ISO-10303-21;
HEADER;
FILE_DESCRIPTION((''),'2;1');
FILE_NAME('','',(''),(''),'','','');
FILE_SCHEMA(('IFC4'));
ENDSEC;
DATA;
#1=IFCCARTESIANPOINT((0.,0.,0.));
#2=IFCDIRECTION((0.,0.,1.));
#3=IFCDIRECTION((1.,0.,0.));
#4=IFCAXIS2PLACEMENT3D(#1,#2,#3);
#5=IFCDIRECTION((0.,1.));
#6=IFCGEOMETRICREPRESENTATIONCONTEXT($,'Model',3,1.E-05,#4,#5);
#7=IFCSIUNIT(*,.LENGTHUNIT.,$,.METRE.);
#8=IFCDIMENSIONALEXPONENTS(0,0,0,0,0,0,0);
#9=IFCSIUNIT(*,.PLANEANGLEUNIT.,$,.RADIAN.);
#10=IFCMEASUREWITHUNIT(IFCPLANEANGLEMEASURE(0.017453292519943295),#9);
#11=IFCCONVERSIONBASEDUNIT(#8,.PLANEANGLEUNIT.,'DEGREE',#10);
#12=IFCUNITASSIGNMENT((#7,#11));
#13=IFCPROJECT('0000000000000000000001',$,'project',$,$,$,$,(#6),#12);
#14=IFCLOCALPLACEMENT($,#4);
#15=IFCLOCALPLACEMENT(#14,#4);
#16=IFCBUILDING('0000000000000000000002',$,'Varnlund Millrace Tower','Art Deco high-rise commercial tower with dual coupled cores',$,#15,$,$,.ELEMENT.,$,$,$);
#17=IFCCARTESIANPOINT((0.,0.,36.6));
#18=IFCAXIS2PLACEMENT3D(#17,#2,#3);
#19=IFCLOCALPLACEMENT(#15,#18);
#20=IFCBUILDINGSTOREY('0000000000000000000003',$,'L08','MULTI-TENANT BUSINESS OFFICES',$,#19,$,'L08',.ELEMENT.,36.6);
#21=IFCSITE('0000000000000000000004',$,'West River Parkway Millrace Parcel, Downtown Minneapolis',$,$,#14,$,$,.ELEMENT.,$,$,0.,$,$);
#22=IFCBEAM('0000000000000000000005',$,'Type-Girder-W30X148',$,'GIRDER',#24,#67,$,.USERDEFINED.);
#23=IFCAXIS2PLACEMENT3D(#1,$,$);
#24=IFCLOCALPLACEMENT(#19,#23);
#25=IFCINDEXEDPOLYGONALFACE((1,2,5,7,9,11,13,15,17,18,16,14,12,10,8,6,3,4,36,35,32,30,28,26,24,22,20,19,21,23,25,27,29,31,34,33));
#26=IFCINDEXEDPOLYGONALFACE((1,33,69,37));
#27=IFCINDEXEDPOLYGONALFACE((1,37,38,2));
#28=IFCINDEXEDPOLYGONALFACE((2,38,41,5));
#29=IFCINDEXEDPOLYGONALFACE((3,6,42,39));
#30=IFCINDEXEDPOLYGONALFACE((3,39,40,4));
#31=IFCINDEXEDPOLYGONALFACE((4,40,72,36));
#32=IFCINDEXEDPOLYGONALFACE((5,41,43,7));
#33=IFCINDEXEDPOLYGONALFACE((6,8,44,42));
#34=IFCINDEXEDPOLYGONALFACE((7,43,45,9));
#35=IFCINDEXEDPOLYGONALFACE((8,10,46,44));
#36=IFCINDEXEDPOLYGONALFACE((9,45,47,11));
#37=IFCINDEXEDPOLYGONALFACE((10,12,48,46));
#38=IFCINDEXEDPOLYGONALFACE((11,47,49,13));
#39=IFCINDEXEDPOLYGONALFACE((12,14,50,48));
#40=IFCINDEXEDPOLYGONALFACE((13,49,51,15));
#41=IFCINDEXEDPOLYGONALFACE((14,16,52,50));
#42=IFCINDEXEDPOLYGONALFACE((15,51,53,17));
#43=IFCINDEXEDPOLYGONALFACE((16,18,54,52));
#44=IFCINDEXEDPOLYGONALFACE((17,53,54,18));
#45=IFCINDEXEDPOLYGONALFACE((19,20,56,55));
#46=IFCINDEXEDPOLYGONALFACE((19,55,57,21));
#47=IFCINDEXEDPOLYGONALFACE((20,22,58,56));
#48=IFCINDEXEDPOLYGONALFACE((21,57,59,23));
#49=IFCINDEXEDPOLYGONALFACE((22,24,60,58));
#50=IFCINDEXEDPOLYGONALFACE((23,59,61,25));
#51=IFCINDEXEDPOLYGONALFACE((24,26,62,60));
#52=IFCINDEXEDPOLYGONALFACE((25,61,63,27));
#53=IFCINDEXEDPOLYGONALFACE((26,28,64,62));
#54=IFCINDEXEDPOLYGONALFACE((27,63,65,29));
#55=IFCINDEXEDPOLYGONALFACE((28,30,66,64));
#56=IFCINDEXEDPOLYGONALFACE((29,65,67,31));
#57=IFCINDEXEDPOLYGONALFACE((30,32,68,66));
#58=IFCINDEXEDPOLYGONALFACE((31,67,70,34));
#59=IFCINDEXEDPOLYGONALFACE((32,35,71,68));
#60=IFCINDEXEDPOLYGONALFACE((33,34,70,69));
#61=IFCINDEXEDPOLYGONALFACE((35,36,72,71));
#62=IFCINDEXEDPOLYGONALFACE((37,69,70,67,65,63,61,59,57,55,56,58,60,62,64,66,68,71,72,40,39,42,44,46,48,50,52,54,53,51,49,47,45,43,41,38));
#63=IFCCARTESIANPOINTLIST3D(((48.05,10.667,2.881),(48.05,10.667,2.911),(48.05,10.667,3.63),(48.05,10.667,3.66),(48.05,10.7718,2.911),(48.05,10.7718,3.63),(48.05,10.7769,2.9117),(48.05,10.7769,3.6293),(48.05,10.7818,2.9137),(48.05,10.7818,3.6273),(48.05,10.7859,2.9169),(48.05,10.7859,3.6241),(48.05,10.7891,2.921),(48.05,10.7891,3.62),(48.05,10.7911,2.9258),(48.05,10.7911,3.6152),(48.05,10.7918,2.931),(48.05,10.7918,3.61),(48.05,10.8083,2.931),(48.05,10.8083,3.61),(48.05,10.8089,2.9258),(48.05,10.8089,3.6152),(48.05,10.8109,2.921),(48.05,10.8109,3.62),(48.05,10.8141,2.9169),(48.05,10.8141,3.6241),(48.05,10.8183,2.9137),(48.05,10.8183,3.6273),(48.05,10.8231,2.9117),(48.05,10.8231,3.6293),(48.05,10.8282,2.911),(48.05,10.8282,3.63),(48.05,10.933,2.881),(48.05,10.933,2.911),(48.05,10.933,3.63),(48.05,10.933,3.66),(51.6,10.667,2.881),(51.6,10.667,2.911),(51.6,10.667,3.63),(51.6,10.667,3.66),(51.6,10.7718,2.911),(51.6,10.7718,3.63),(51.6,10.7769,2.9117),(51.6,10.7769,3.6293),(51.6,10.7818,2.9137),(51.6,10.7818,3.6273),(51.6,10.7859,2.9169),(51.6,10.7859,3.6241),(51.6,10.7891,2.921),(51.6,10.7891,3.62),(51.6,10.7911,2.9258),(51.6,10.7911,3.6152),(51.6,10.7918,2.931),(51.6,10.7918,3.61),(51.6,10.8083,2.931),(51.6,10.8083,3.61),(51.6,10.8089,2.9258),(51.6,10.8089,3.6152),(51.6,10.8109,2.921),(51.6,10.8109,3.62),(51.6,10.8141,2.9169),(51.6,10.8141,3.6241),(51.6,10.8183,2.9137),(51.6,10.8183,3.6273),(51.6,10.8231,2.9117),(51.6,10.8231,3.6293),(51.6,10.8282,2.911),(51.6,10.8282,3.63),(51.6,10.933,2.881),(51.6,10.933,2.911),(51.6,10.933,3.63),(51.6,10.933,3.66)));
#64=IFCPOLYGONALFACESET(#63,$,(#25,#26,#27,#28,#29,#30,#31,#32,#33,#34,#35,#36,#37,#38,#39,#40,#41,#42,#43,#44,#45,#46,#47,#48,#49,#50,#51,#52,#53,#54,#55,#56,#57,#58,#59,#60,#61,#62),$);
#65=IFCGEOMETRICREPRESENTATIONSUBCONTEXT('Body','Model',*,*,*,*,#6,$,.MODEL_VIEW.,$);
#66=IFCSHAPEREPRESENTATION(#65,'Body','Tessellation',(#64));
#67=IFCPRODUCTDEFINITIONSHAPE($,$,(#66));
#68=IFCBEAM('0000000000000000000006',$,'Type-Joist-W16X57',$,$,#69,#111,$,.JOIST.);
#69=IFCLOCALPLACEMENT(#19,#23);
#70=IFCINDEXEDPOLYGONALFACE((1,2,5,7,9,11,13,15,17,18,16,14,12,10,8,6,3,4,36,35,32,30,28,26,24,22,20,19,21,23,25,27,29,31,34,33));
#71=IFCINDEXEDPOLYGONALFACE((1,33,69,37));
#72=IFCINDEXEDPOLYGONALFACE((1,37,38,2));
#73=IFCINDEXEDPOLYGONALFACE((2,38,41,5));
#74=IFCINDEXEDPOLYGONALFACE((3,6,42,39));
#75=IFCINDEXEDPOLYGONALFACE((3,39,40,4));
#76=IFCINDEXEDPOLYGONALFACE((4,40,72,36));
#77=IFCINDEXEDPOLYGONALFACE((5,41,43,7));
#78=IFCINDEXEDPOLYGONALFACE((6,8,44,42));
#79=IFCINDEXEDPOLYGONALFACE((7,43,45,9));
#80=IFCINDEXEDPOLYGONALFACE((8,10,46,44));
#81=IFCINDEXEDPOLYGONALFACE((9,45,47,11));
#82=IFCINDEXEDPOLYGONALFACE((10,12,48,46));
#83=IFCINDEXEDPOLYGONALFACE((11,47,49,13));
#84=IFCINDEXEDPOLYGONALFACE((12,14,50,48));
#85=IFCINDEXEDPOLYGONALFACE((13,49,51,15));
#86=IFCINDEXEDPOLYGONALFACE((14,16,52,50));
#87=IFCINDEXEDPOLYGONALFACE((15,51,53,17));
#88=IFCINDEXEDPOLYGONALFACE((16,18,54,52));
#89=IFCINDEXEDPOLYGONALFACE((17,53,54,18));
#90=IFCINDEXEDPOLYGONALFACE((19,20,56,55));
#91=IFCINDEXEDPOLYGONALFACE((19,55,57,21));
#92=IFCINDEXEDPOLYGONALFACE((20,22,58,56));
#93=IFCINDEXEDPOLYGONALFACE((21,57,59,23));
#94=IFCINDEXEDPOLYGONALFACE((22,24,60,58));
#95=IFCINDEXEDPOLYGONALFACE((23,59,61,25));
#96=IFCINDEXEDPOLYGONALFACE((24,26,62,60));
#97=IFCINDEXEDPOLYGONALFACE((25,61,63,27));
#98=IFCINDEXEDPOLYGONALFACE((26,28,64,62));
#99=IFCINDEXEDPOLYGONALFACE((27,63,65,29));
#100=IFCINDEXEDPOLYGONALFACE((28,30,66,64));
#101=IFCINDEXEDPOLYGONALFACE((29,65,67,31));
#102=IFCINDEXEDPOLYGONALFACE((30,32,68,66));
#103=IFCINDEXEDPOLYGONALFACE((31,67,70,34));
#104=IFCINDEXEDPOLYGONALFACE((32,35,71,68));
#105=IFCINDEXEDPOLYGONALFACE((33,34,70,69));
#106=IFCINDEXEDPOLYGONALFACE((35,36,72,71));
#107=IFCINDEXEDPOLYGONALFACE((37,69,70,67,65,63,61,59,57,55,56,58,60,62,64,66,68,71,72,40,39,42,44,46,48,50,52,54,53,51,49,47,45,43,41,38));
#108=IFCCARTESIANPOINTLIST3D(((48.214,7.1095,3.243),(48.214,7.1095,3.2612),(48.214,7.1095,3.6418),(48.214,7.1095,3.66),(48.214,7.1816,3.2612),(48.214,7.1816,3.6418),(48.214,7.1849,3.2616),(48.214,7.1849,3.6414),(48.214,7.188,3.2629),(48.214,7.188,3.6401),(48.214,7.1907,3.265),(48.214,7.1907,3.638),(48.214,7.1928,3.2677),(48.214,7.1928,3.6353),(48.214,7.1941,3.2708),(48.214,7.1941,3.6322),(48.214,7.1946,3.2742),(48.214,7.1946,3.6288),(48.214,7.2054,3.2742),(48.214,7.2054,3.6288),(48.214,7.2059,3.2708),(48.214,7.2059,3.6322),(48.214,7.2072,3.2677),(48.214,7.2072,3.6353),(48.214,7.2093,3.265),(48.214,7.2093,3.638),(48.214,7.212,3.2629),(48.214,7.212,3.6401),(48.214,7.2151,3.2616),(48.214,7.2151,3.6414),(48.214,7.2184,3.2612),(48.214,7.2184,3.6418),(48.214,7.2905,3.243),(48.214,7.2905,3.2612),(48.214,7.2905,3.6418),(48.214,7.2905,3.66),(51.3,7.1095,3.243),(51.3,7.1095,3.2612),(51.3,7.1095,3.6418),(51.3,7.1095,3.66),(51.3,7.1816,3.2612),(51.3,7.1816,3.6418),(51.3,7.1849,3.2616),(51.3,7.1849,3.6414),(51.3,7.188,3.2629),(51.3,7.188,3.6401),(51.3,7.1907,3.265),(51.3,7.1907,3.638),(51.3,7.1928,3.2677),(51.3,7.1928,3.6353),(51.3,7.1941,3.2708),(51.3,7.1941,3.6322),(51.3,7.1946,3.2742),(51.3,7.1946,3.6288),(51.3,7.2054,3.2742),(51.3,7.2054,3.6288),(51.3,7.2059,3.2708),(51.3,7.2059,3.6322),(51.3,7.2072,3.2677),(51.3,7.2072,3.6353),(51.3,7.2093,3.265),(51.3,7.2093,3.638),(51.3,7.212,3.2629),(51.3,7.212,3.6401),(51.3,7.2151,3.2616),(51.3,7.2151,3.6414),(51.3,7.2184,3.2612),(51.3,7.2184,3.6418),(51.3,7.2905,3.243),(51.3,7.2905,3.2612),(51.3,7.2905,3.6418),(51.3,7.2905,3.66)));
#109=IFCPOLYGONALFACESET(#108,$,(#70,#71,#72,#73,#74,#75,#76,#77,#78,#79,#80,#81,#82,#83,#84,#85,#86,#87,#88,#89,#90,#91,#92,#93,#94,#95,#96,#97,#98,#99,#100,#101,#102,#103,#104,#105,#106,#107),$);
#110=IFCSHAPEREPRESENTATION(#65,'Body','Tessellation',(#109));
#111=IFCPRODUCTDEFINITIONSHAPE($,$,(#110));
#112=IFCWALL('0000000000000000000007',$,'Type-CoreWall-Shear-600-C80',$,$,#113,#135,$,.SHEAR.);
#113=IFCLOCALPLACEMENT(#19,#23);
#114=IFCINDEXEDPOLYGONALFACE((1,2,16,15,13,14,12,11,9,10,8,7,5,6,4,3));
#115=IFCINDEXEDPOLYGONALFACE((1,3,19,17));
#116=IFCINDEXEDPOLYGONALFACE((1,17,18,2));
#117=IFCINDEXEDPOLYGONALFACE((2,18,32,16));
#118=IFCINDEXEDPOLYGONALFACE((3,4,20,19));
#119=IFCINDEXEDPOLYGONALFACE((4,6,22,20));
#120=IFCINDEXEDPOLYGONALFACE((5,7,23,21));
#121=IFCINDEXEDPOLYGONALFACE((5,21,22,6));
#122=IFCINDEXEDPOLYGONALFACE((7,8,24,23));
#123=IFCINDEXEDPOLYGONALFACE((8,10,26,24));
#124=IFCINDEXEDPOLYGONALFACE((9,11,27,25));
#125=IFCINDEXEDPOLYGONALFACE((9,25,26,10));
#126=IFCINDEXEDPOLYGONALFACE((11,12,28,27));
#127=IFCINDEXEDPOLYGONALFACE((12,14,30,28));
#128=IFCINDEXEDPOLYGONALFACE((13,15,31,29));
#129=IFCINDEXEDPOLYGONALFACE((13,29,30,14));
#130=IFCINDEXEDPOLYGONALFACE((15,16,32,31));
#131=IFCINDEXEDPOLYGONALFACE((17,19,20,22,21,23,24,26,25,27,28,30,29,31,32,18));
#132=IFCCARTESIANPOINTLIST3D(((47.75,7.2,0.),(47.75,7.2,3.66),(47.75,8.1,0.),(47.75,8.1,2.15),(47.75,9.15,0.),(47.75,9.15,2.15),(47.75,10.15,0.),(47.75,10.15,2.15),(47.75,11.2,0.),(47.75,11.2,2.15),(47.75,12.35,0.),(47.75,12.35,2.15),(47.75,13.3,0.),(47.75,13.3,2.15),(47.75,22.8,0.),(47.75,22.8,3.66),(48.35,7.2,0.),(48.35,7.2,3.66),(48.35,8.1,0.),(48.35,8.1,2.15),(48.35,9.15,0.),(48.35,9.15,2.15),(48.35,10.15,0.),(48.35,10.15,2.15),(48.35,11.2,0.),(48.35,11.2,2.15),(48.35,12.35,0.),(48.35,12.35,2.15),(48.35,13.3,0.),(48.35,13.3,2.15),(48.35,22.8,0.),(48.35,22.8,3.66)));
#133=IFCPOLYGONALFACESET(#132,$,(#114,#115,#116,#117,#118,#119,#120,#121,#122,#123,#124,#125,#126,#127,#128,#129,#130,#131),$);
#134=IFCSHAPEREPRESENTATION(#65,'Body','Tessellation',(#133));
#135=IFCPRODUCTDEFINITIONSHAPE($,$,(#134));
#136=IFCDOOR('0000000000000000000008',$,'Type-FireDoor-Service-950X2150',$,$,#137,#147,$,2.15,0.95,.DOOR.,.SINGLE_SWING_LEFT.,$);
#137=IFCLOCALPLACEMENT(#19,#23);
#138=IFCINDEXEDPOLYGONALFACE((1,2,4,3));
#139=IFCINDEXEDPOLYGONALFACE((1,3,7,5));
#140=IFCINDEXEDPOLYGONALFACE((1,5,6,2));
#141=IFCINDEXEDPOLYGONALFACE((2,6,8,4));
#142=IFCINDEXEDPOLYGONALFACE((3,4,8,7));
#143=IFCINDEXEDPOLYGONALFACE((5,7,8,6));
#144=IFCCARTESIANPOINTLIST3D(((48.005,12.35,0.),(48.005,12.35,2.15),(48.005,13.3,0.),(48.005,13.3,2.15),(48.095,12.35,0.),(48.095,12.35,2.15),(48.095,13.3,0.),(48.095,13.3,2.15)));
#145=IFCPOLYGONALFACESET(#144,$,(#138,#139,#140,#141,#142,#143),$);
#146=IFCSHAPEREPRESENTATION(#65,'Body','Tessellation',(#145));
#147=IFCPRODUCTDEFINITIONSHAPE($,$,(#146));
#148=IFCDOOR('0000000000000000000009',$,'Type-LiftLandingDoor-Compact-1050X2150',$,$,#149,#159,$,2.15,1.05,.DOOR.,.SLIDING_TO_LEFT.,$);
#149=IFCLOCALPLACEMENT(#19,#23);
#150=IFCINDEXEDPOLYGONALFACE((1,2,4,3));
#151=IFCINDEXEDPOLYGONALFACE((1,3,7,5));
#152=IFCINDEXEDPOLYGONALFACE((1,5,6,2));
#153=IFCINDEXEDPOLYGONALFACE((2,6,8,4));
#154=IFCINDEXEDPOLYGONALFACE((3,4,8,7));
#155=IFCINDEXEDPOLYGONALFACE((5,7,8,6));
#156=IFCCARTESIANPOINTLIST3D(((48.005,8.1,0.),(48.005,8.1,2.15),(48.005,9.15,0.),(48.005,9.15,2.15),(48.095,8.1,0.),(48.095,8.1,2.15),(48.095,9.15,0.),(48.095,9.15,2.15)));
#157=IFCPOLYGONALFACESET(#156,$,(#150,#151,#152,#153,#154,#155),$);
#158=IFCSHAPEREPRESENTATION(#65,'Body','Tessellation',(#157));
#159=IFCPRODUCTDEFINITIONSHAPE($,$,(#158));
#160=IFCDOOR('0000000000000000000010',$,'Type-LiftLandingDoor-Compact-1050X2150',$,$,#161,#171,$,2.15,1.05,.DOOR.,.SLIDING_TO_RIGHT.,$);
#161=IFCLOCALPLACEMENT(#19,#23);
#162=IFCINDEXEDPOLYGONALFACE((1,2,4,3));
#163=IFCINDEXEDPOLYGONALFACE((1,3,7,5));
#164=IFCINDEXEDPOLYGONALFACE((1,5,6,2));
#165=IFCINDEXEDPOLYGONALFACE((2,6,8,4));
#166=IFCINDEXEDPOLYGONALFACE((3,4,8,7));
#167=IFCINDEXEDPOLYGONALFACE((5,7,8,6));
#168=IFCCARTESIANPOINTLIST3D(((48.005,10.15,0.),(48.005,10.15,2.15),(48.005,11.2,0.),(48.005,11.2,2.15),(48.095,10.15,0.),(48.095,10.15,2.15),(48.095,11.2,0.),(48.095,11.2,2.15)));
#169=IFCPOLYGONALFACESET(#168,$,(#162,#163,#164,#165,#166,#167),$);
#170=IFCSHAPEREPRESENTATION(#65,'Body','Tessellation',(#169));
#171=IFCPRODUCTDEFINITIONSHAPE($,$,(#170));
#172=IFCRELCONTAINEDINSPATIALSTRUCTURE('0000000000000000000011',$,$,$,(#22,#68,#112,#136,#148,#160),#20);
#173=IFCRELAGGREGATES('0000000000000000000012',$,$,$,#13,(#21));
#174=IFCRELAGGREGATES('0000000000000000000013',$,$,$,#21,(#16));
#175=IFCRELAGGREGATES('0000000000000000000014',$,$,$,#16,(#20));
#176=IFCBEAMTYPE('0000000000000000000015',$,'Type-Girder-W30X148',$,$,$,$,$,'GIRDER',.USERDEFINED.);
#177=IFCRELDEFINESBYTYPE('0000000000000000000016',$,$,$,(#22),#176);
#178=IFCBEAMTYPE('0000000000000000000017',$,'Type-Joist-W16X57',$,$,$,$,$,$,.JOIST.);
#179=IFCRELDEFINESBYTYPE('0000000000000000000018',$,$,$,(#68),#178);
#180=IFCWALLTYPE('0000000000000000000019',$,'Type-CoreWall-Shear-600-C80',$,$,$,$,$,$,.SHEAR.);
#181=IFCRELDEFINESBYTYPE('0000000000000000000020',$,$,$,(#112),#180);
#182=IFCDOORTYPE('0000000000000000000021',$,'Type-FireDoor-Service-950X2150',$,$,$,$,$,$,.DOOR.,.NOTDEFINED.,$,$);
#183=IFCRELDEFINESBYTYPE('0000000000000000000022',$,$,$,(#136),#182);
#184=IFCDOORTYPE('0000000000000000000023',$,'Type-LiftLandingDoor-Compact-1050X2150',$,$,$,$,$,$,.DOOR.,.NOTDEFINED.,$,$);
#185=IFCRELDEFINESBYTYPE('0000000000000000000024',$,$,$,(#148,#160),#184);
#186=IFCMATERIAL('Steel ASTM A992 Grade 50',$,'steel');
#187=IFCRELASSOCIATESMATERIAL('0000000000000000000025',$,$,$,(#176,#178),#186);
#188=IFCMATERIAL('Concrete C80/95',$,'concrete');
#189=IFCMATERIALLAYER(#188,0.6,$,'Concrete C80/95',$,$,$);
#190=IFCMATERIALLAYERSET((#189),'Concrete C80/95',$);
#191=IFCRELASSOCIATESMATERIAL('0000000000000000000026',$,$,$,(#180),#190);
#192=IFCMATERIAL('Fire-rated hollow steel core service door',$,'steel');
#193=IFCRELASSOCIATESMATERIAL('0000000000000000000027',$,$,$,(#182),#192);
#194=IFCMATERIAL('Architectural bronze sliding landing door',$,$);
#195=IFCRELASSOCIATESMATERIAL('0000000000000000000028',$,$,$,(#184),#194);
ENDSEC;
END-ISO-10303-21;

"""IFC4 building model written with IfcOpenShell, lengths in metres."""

from ifc_helpers import new_model, entity, si_unit, converted_unit, direction, frame, origin_with_axes, origin_2d_with_axis, place, context, subcontext, project, spatial, polyline, rectangle, i_section, outline, extrude, material, layer, layer_set, material_profile, profile_set, type_object, element, fill, save


model = new_model("IFC4")

# Units and contexts
model_context = context("Model", 3, precision=1e-05, world=origin_with_axes(), true_north=direction((0.0, 1.0)))
body_context = subcontext(model_context, "Body", "Model", "MODEL_VIEW")
ifc_project = project(units=[si_unit("LENGTHUNIT", "METRE"), converted_unit("PLANEANGLEUNIT", "DEGREE", entity("IfcPlaneAngleMeasure", 0.017453292519943295), si_unit("PLANEANGLEUNIT", "RADIAN"), dimensions=[0, 0, 0, 0, 0, 0, 0])], contexts=[model_context])

# Site, building, storey
site_placement = place(None, origin_with_axes())
site = spatial("IfcSite", under=ifc_project, at=site_placement, Name="West River Parkway Millrace Parcel, Downtown Minneapolis", CompositionType="ELEMENT", RefElevation=0.0)
building_placement = place(site_placement, origin_with_axes())
building = spatial("IfcBuilding", under=site, at=building_placement, Name="Varnlund Millrace Tower", Description="Art Deco high-rise commercial tower with dual coupled cores", CompositionType="ELEMENT")
storey_placement = place(building_placement, frame((0.0, 0.0, 36.6), z_axis=(0.0, 0.0, 1.0), x_axis=(1.0, 0.0, 0.0)))
storey = spatial("IfcBuildingStorey", under=building, at=storey_placement, Name="L08", Description="MULTI-TENANT BUSINESS OFFICES", LongName="L08", CompositionType="ELEMENT", Elevation=36.6)

# Shared definitions
ifc_material_1 = material(Name="Concrete C80/95", Category="concrete")

# Beams
ifc_material_2 = material(Name="Steel ASTM A992 Grade 50", Category="steel")
ifc_material_profile_1 = material_profile(ifc_material_2, i_section(OverallWidth=0.266, OverallDepth=0.779, WebThickness=0.0165, FlangeThickness=0.03, FilletRadius=0.02, at=origin_2d_with_axis()), Name="Steel ASTM A992 Grade 50")
ifc_profile_set_1 = profile_set([ifc_material_profile_1], Name="Steel ASTM A992 Grade 50")
beam_type_1 = type_object("IfcBeamType", Name="Type-Girder-W30X148", ElementType="GIRDER", PredefinedType="USERDEFINED", material=ifc_profile_set_1)
for number, where, z_axis, x_axis, name in (
    (1, (48.05, 10.8, 3.2705), (1.0, 0.0, 0.0), (0.0, 1.0, 0.0), "Type-Girder-W30X148"),
):
    element("IfcBeam", number, at=place(storey_placement, frame(where, z_axis=z_axis, x_axis=x_axis)), inside=storey, type_object=beam_type_1, Name=name, ObjectType="GIRDER", PredefinedType="USERDEFINED", context=body_context, shape_type="SweptSolid", body=[
        extrude(i_section(OverallWidth=0.266, OverallDepth=0.779, WebThickness=0.0165, FlangeThickness=0.03, FilletRadius=0.02, at=origin_2d_with_axis()), origin_with_axes(), (0.0, 0.0, 1.0), 3.55),
    ])
ifc_material_profile_2 = material_profile(ifc_material_2, i_section(OverallWidth=0.181, OverallDepth=0.417, WebThickness=0.0109, FlangeThickness=0.0182, FilletRadius=0.013, at=origin_2d_with_axis()), Name="Steel ASTM A992 Grade 50")
ifc_profile_set_2 = profile_set([ifc_material_profile_2], Name="Steel ASTM A992 Grade 50")
beam_type_2 = type_object("IfcBeamType", Name="Type-Joist-W16X57", PredefinedType="JOIST", material=ifc_profile_set_2)
beam_1_placement = place(storey_placement, frame((48.214, 7.2, 3.4515), z_axis=(1.0, 0.0, 0.0), x_axis=(0.0, 1.0, 0.0)))
element("IfcBeam", 2, at=beam_1_placement, inside=storey, type_object=beam_type_2, Name="Type-Joist-W16X57", PredefinedType="JOIST", context=body_context, shape_type="SweptSolid", body=[
    extrude(i_section(OverallWidth=0.181, OverallDepth=0.417, WebThickness=0.0109, FlangeThickness=0.0182, FilletRadius=0.013, at=origin_2d_with_axis()), origin_with_axes(), (0.0, 0.0, 1.0), 3.086),
])

# Wall, openings, doors
ifc_layer_1 = layer(ifc_material_1, 0.6, Name="Concrete C80/95")
ifc_layer_set_1 = layer_set([ifc_layer_1], Name="Concrete C80/95")
wall_type_1 = type_object("IfcWallType", Name="Type-CoreWall-Shear-600-C80", PredefinedType="SHEAR", material=ifc_layer_set_1)
wall_1_placement = place(storey_placement, frame((48.05, 7.2, 0.0), z_axis=(0.0, 0.0, 1.0), x_axis=(0.0, 1.0, 0.0)))
wall_1 = element("IfcWall", 3, at=wall_1_placement, inside=storey, type_object=wall_type_1, Name="Type-CoreWall-Shear-600-C80", PredefinedType="SHEAR", context=body_context, shape_type="SweptSolid", body=[
    extrude(outline(polyline([(0.0, -0.3), (15.6, -0.3), (15.6, 0.3), (0.0, 0.3), (0.0, -0.3)])), origin_with_axes(), (0.0, 0.0, 1.0), 3.66),
])
opening_1_placement = place(wall_1_placement, frame((1.425, 0.0, 0.0), z_axis=(0.0, 0.0, 1.0), x_axis=(1.0, 0.0, 0.0)))
opening_1 = element("IfcOpeningElement", 4, at=opening_1_placement, cuts=wall_1, PredefinedType="OPENING", context=body_context, shape_type="SweptSolid", body=[
    extrude(rectangle(XDim=1.05, YDim=0.62, at=origin_2d_with_axis()), origin_with_axes(), (0.0, 0.0, 1.0), 2.15),
])
opening_2_placement = place(wall_1_placement, frame((3.475, 0.0, 0.0), z_axis=(0.0, 0.0, 1.0), x_axis=(1.0, 0.0, 0.0)))
opening_2 = element("IfcOpeningElement", 5, at=opening_2_placement, cuts=wall_1, PredefinedType="OPENING", context=body_context, shape_type="SweptSolid", body=[
    extrude(rectangle(XDim=1.05, YDim=0.62, at=origin_2d_with_axis()), origin_with_axes(), (0.0, 0.0, 1.0), 2.15),
])
opening_3_placement = place(wall_1_placement, frame((5.625, 0.0, 0.0), z_axis=(0.0, 0.0, 1.0), x_axis=(1.0, 0.0, 0.0)))
opening_3 = element("IfcOpeningElement", 6, at=opening_3_placement, cuts=wall_1, PredefinedType="OPENING", context=body_context, shape_type="SweptSolid", body=[
    extrude(rectangle(XDim=0.95, YDim=0.62, at=origin_2d_with_axis()), origin_with_axes(), (0.0, 0.0, 1.0), 2.15),
])
ifc_material_3 = material(Name="Fire-rated hollow steel core service door", Category="steel")
door_type_1 = type_object("IfcDoorType", Name="Type-FireDoor-Service-950X2150", OperationType="NOTDEFINED", PredefinedType="DOOR", material=ifc_material_3)
door_1_placement = place(wall_1_placement, frame((5.625, 0.0, 0.0), z_axis=(0.0, 0.0, 1.0), x_axis=(1.0, 0.0, 0.0)))
door_1 = element("IfcDoor", 7, at=door_1_placement, inside=storey, type_object=door_type_1, Name="Type-FireDoor-Service-950X2150", OperationType="SINGLE_SWING_LEFT", OverallHeight=2.15, OverallWidth=0.95, PredefinedType="DOOR", context=body_context, shape_type="SweptSolid", body=[
    extrude(rectangle(XDim=0.95, YDim=0.09, at=origin_2d_with_axis()), origin_with_axes(), (0.0, 0.0, 1.0), 2.15),
])
fill(opening_3, door_1)
ifc_material_4 = material(Name="Architectural bronze sliding landing door")
door_type_2 = type_object("IfcDoorType", Name="Type-LiftLandingDoor-Compact-1050X2150", OperationType="NOTDEFINED", PredefinedType="DOOR", material=ifc_material_4)
door_2_placement = place(wall_1_placement, frame((1.425, 0.0, 0.0), z_axis=(0.0, 0.0, 1.0), x_axis=(1.0, 0.0, 0.0)))
door_2 = element("IfcDoor", 8, at=door_2_placement, inside=storey, type_object=door_type_2, Name="Type-LiftLandingDoor-Compact-1050X2150", OperationType="SLIDING_TO_LEFT", OverallHeight=2.15, OverallWidth=1.05, PredefinedType="DOOR", context=body_context, shape_type="SweptSolid", body=[
    extrude(rectangle(XDim=1.05, YDim=0.09, at=origin_2d_with_axis()), origin_with_axes(), (0.0, 0.0, 1.0), 2.15),
])
fill(opening_1, door_2)
door_3_placement = place(wall_1_placement, frame((3.475, 0.0, 0.0), z_axis=(0.0, 0.0, 1.0), x_axis=(1.0, 0.0, 0.0)))
door_3 = element("IfcDoor", 9, at=door_3_placement, inside=storey, type_object=door_type_2, Name="Type-LiftLandingDoor-Compact-1050X2150", OperationType="SLIDING_TO_RIGHT", OverallHeight=2.15, OverallWidth=1.05, PredefinedType="DOOR", context=body_context, shape_type="SweptSolid", body=[
    extrude(rectangle(XDim=1.05, YDim=0.09, at=origin_2d_with_axis()), origin_with_axes(), (0.0, 0.0, 1.0), 2.15),
])
fill(opening_2, door_3)

save(model, "model.ifc")
